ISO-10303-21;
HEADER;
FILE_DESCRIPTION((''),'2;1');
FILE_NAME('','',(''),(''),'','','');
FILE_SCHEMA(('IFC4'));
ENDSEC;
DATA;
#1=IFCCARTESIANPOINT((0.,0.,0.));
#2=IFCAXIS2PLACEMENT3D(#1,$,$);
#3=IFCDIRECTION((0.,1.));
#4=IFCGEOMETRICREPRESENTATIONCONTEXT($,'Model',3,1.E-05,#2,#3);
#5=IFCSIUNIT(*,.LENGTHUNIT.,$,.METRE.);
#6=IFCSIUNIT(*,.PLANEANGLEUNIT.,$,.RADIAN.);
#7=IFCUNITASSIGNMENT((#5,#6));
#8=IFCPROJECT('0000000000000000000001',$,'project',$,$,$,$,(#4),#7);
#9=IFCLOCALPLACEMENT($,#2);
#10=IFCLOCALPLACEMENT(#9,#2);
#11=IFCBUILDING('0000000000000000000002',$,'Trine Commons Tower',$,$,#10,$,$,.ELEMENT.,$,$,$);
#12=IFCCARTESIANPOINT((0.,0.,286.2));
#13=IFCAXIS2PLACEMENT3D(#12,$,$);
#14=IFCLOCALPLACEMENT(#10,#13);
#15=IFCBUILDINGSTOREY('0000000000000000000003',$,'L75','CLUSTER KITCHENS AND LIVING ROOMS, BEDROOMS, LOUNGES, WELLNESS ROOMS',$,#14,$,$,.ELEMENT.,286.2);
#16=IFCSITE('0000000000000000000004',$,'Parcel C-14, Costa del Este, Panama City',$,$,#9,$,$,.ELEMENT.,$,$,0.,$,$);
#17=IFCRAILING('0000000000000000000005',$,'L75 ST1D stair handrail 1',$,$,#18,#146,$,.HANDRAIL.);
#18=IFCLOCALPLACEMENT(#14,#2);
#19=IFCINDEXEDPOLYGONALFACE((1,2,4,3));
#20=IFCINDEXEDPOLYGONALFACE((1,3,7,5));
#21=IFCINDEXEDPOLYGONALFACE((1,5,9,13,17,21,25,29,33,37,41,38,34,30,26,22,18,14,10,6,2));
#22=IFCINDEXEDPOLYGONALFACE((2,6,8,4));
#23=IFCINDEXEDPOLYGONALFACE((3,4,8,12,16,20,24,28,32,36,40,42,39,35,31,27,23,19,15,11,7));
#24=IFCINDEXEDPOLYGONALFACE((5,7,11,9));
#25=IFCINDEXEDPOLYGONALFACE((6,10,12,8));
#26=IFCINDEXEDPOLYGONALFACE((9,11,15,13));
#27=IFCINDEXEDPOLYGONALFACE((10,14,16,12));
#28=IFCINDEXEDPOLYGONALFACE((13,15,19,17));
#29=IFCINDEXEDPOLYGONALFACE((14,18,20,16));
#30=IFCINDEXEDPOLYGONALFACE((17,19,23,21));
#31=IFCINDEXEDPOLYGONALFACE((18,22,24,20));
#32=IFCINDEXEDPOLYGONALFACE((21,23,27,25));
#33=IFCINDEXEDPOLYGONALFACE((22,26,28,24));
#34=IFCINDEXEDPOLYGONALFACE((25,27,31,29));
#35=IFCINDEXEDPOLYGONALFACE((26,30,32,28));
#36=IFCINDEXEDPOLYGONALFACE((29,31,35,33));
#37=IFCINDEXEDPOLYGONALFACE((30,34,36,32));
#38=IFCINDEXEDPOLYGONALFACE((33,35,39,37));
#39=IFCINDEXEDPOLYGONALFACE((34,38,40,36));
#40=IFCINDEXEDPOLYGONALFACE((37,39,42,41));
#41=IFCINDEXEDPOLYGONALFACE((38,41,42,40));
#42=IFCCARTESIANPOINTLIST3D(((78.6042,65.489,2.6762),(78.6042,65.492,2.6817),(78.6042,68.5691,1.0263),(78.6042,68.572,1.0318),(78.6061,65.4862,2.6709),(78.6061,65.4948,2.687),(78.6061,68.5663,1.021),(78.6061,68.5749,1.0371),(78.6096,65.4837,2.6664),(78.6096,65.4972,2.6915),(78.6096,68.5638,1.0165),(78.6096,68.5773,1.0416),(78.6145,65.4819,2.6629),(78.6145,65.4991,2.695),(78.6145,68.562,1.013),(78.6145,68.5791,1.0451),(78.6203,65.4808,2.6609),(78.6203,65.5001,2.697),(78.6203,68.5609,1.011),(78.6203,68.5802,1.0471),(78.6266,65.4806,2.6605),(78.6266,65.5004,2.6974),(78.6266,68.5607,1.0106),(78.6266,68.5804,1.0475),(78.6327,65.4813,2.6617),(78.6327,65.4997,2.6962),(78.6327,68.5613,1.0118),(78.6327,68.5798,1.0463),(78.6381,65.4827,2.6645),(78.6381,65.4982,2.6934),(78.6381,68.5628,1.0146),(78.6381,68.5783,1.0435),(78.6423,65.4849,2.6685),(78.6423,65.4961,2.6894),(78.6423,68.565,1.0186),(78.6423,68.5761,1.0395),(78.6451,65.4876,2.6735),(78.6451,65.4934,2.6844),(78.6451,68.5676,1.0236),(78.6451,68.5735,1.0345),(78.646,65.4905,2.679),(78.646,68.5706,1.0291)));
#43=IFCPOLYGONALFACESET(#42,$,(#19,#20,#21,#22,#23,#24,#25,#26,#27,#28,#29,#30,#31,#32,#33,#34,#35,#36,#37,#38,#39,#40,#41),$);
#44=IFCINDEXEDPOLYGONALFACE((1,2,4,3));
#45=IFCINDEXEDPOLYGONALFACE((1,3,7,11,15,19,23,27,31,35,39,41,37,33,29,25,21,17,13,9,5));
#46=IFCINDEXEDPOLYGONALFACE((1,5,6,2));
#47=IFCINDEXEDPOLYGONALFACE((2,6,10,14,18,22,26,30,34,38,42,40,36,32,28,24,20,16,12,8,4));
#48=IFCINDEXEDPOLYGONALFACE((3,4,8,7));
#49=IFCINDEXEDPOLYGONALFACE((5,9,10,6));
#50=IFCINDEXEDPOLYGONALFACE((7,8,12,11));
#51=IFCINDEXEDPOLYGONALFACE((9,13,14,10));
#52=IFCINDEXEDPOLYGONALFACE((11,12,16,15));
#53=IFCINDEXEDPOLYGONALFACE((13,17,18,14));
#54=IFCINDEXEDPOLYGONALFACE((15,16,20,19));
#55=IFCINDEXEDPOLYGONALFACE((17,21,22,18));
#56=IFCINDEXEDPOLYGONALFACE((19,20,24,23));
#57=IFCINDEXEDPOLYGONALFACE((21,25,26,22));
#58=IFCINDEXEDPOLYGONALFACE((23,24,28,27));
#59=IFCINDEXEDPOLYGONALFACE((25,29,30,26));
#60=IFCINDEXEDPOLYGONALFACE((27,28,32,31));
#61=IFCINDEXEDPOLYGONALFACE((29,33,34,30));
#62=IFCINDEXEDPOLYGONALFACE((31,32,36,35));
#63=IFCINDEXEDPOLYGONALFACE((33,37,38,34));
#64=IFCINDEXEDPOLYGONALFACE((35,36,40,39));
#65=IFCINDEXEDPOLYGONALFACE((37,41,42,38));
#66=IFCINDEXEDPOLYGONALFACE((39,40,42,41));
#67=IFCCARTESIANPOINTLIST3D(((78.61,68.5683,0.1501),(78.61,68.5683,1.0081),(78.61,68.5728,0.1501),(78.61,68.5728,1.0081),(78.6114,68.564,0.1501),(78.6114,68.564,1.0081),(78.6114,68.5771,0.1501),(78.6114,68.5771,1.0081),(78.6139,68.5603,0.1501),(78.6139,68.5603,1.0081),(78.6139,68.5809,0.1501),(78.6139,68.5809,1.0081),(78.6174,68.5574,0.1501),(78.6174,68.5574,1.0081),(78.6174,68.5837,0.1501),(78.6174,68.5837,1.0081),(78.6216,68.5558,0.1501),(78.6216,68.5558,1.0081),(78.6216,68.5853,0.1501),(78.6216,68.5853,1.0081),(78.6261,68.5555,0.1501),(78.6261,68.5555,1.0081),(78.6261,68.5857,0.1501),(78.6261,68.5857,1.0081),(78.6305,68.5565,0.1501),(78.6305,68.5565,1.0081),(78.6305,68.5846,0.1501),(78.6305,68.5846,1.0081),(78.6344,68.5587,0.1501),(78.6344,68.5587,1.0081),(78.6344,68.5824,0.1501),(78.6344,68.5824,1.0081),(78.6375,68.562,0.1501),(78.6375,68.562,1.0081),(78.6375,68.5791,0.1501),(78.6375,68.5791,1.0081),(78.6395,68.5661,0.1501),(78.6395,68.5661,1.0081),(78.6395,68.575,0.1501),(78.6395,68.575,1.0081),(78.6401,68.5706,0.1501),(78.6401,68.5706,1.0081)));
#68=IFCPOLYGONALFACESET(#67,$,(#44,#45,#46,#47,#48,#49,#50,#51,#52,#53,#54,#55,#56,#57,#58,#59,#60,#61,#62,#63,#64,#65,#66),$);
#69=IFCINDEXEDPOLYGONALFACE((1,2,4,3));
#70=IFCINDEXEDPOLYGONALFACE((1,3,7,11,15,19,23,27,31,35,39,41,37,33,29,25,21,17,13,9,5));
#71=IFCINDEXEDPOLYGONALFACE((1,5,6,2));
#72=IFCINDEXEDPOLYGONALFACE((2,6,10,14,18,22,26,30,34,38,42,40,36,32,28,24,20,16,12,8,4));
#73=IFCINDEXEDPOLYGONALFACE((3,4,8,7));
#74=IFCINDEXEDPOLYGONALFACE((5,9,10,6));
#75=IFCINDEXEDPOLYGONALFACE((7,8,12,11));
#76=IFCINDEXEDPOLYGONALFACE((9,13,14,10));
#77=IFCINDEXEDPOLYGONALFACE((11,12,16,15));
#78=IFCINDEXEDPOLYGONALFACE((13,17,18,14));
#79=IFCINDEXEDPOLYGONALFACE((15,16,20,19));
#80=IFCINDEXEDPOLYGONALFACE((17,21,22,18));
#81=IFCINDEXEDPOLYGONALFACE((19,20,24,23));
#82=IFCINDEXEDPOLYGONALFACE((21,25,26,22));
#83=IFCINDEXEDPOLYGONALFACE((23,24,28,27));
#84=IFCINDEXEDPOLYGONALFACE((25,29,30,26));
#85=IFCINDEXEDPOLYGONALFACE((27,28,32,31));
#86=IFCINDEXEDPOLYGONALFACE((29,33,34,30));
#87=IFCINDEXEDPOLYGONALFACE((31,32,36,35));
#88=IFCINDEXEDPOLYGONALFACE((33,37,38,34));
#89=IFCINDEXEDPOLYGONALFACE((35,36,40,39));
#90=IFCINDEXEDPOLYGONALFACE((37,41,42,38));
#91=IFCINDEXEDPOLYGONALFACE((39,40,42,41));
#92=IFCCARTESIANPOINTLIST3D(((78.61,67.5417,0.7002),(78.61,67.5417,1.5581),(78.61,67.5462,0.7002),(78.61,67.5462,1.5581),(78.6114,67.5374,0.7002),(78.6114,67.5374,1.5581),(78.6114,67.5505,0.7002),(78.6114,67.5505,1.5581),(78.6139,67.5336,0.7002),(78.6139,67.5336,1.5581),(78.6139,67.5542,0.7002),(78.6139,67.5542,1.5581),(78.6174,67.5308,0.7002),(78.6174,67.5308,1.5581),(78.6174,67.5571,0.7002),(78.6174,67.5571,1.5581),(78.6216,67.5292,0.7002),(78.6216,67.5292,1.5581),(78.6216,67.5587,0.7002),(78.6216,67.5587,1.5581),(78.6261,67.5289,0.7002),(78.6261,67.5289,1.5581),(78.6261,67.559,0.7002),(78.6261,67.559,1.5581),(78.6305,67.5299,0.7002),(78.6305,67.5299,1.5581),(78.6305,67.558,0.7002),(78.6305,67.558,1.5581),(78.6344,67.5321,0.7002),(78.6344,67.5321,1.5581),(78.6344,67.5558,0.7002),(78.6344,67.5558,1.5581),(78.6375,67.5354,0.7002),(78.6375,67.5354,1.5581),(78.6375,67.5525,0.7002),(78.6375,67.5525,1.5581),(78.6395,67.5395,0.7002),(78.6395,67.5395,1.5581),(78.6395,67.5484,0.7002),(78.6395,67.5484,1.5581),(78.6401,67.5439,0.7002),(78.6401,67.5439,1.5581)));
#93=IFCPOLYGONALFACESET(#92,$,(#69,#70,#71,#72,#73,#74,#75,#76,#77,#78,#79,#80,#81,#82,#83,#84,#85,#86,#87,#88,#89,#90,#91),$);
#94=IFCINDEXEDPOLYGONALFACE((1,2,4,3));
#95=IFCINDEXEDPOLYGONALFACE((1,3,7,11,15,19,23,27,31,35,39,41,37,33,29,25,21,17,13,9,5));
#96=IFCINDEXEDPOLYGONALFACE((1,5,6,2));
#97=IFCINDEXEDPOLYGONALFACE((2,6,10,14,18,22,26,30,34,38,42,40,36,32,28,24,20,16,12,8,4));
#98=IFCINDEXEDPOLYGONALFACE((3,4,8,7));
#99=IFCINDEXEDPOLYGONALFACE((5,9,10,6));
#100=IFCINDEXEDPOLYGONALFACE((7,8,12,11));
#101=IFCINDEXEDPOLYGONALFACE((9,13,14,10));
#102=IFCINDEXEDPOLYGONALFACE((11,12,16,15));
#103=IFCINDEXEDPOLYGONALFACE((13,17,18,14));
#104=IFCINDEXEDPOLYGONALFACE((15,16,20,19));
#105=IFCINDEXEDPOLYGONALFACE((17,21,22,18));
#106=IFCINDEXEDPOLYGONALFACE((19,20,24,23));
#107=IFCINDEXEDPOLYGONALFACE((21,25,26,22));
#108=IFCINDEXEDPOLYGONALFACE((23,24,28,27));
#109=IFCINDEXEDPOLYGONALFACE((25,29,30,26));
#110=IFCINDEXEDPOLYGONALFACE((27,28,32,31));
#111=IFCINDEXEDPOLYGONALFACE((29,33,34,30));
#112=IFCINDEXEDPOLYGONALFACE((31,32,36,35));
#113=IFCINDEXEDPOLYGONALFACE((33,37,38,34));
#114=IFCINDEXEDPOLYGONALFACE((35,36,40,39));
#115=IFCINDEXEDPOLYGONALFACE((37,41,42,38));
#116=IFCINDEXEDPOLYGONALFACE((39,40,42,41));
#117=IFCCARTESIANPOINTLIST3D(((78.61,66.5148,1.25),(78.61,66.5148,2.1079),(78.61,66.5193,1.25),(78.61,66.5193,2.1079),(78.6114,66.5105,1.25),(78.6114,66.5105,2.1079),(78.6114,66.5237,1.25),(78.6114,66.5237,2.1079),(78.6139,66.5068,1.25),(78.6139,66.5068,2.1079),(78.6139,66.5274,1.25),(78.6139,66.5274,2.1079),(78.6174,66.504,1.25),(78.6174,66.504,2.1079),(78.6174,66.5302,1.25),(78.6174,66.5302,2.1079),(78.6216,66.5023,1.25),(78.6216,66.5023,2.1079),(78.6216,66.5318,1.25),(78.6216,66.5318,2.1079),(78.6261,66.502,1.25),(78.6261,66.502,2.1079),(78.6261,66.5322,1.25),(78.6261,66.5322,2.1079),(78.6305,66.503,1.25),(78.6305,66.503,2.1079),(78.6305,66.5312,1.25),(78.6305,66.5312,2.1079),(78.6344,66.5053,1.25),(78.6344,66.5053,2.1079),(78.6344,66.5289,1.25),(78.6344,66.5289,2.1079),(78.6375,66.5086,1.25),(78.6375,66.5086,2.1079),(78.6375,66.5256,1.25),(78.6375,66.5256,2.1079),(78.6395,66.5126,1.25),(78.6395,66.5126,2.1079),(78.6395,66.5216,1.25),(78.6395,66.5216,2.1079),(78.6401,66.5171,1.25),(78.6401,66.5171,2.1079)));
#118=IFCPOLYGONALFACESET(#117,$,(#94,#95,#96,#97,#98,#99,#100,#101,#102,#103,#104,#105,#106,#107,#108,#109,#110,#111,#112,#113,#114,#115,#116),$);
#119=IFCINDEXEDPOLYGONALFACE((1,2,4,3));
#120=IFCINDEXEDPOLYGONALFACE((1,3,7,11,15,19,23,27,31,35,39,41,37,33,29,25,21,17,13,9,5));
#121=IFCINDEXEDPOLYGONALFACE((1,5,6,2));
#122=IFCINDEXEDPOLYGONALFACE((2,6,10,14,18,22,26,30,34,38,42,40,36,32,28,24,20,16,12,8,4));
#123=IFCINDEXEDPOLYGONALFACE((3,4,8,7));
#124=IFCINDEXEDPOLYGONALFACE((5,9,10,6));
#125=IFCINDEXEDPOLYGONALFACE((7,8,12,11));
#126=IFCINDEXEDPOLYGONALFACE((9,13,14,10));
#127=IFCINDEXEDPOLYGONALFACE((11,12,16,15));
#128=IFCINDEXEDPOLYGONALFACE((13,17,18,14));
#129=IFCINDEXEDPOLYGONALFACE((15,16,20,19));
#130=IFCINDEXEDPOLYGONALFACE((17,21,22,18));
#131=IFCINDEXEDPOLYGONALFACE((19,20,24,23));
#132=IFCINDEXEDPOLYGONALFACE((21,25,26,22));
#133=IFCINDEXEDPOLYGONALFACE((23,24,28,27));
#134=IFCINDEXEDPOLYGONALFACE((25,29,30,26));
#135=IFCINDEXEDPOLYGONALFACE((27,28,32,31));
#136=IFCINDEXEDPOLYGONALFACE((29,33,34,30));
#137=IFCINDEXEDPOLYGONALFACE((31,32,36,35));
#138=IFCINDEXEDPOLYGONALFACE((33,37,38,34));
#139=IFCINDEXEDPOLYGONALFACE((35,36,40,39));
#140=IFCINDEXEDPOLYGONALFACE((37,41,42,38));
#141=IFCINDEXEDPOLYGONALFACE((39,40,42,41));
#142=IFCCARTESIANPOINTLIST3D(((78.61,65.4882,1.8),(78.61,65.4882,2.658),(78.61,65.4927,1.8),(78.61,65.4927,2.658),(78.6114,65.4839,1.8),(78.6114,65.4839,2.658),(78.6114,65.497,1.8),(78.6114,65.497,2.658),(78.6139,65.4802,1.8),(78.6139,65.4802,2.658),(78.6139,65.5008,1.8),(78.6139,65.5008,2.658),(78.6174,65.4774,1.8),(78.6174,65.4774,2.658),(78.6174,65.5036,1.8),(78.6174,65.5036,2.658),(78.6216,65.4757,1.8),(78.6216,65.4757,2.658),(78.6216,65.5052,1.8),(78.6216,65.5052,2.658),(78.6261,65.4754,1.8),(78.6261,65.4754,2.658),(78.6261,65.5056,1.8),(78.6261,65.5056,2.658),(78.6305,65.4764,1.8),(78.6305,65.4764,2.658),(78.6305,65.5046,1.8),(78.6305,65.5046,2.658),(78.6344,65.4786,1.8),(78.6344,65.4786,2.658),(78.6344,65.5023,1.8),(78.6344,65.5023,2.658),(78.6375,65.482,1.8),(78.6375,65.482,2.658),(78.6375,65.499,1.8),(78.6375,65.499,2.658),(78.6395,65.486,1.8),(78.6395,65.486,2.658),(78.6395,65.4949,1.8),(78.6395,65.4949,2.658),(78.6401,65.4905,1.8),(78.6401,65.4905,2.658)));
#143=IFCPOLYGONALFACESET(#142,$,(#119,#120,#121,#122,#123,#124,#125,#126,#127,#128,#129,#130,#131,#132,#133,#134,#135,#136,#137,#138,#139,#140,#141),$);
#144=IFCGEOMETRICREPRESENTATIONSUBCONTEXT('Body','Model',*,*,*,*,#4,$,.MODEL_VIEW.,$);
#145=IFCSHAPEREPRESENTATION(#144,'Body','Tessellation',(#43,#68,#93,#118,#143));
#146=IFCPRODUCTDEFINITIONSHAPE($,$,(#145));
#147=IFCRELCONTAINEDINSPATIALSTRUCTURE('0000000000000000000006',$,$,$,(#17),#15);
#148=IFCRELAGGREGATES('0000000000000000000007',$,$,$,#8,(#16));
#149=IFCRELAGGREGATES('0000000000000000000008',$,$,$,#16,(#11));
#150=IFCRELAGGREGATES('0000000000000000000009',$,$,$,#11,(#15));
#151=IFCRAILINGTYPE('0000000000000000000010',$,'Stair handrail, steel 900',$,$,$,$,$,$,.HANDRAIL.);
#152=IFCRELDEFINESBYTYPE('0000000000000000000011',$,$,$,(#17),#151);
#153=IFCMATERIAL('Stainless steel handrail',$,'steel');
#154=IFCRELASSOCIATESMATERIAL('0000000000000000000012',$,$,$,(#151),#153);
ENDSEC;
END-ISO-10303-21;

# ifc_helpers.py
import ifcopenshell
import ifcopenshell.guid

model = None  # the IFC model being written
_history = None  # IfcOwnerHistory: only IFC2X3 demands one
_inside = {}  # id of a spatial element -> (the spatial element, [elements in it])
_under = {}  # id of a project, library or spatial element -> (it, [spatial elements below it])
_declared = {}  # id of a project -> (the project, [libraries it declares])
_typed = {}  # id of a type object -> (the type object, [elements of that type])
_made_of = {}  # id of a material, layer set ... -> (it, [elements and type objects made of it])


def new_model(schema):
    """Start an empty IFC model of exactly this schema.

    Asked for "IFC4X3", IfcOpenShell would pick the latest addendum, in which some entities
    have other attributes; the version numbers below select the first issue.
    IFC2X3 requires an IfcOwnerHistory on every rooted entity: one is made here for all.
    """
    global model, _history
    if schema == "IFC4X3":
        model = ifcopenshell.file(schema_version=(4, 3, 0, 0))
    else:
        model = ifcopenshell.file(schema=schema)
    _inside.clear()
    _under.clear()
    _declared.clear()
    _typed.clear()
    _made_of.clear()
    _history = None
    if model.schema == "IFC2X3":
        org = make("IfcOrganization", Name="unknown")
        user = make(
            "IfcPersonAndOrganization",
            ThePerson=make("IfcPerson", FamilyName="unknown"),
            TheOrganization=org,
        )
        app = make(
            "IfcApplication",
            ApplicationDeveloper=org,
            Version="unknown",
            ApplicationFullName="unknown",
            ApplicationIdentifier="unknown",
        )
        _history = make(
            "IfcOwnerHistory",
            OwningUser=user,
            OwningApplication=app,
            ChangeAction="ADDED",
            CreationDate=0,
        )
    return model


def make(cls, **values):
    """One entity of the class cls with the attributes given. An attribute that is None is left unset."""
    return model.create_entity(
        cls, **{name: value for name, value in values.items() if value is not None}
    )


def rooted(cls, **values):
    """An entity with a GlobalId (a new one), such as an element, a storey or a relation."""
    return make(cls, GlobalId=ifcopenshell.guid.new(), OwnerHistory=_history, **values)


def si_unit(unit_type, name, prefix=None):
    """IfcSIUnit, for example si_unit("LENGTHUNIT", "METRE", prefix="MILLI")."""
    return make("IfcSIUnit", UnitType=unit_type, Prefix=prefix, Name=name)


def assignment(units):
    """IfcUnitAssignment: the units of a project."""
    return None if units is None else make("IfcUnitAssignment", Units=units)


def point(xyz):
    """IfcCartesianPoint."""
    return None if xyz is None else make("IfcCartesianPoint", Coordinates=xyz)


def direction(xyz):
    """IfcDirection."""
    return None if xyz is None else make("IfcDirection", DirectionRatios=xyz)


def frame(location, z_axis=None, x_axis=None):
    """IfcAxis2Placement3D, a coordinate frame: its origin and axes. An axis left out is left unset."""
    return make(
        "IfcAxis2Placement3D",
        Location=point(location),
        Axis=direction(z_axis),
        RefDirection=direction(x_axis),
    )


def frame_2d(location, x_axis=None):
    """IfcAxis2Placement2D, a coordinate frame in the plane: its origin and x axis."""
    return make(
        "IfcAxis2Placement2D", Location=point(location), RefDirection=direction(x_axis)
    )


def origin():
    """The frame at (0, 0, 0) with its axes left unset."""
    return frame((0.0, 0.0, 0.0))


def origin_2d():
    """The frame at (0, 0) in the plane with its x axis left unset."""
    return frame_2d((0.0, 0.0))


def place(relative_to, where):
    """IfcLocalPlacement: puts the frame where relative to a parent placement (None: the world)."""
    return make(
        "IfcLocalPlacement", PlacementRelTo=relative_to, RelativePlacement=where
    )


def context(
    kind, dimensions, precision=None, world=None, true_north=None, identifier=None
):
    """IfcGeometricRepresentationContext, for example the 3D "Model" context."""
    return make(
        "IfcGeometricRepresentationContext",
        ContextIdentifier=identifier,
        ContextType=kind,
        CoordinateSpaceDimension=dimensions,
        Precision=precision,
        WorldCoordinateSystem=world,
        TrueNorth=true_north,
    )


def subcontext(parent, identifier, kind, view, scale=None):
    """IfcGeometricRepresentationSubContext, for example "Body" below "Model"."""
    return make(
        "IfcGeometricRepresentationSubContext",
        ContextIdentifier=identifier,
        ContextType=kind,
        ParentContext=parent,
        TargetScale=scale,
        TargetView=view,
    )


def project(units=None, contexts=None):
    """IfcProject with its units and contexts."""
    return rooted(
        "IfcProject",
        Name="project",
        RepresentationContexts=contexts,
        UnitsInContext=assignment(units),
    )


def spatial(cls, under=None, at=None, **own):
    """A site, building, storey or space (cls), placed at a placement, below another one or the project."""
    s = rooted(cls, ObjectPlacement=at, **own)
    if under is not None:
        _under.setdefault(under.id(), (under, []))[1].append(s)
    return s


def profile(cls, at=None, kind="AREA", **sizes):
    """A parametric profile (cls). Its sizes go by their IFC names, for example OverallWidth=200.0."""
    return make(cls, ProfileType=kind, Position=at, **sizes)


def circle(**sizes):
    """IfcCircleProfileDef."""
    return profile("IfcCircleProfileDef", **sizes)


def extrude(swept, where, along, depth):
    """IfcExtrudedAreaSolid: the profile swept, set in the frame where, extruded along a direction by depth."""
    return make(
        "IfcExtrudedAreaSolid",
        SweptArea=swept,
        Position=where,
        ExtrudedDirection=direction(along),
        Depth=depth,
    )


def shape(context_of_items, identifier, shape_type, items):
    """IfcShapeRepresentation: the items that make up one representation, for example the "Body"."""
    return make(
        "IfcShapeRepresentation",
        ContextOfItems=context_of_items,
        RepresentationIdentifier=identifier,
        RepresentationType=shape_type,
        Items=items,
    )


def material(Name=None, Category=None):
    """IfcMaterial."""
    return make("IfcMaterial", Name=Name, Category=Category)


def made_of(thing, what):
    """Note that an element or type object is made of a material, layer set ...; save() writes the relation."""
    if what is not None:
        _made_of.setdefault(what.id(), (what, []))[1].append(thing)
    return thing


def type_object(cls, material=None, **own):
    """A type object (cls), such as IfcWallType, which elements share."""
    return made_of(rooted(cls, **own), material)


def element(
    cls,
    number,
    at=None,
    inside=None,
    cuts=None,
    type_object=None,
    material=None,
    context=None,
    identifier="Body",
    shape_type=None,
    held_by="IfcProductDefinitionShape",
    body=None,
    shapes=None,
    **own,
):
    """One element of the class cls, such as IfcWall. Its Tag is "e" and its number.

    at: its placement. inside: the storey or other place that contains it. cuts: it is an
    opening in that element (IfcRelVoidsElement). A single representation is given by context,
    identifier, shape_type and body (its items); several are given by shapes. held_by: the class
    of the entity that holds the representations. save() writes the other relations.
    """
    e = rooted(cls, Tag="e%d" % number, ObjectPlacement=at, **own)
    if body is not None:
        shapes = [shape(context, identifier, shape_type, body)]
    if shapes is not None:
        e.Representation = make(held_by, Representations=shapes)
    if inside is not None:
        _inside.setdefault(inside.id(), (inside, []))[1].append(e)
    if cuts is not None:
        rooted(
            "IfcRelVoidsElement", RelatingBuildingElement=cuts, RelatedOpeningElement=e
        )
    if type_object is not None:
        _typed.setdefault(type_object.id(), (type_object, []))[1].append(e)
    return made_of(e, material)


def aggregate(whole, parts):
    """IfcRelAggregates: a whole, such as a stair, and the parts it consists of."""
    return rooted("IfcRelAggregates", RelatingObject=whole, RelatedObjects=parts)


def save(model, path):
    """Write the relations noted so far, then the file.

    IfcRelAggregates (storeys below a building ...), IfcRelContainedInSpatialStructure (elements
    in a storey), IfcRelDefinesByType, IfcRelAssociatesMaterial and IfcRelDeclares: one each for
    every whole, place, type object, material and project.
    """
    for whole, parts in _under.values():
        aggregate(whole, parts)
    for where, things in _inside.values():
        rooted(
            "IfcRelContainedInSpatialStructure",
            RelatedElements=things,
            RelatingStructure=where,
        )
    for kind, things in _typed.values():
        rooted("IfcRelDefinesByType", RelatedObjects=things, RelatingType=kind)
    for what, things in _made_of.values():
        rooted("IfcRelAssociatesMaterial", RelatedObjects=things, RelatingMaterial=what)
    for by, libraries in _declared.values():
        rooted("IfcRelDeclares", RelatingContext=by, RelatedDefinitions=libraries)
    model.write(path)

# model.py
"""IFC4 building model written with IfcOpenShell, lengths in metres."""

from ifc_helpers import new_model, si_unit, direction, frame, origin, origin_2d, place, context, subcontext, project, spatial, circle, extrude, material, type_object, element, save


model = new_model("IFC4")

# Units and contexts
model_context = context("Model", 3, precision=1e-05, world=origin(), true_north=direction((0.0, 1.0)))
body_context = subcontext(model_context, "Body", "Model", "MODEL_VIEW")
ifc_project = project(units=[si_unit("LENGTHUNIT", "METRE"), si_unit("PLANEANGLEUNIT", "RADIAN")], contexts=[model_context])

# Site, building, storey
site_placement = place(None, origin())
site = spatial("IfcSite", under=ifc_project, at=site_placement, Name="Parcel C-14, Costa del Este, Panama City", CompositionType="ELEMENT", RefElevation=0.0)
building_placement = place(site_placement, origin())
building = spatial("IfcBuilding", under=site, at=building_placement, Name="Trine Commons Tower", CompositionType="ELEMENT")
storey_placement = place(building_placement, frame((0.0, 0.0, 286.2)))
storey = spatial("IfcBuildingStorey", under=building, at=storey_placement, Name="L75", Description="CLUSTER KITCHENS AND LIVING ROOMS, BEDROOMS, LOUNGES, WELLNESS ROOMS", CompositionType="ELEMENT", Elevation=286.2)

# Railing
ifc_material_1 = material(Name="Stainless steel handrail", Category="steel")
railing_type = type_object("IfcRailingType", Name="Stair handrail, steel 900", PredefinedType="HANDRAIL", material=ifc_material_1)
railing_placement = place(storey_placement, frame((78.625, 68.5706, 0.1501)))
element("IfcRailing", 1, at=railing_placement, inside=storey, type_object=railing_type, Name="L75 ST1D stair handrail 1", PredefinedType="HANDRAIL", context=body_context, shape_type="SweptSolid", body=[
    extrude(circle(Radius=0.021, at=origin_2d()), frame((0.0, 0.0, 0.8789), z_axis=(0.0, -0.881497, 0.47219), x_axis=(1.0, 0.0, 0.0)), (0.0, 0.0, 1.0), 3.4941),
    extrude(circle(Radius=0.0151, at=origin_2d()), origin(), (0.0, 0.0, 1.0), 0.8579),
    extrude(circle(Radius=0.0151, at=origin_2d()), frame((0.0, -1.0266, 0.55)), (0.0, 0.0, 1.0), 0.8579),
    extrude(circle(Radius=0.0151, at=origin_2d()), frame((0.0, -2.0535, 1.0999)), (0.0, 0.0, 1.0), 0.8579),
    extrude(circle(Radius=0.0151, at=origin_2d()), frame((0.0, -3.0801, 1.6499)), (0.0, 0.0, 1.0), 0.8579),
])

save(model, "model.ifc")
